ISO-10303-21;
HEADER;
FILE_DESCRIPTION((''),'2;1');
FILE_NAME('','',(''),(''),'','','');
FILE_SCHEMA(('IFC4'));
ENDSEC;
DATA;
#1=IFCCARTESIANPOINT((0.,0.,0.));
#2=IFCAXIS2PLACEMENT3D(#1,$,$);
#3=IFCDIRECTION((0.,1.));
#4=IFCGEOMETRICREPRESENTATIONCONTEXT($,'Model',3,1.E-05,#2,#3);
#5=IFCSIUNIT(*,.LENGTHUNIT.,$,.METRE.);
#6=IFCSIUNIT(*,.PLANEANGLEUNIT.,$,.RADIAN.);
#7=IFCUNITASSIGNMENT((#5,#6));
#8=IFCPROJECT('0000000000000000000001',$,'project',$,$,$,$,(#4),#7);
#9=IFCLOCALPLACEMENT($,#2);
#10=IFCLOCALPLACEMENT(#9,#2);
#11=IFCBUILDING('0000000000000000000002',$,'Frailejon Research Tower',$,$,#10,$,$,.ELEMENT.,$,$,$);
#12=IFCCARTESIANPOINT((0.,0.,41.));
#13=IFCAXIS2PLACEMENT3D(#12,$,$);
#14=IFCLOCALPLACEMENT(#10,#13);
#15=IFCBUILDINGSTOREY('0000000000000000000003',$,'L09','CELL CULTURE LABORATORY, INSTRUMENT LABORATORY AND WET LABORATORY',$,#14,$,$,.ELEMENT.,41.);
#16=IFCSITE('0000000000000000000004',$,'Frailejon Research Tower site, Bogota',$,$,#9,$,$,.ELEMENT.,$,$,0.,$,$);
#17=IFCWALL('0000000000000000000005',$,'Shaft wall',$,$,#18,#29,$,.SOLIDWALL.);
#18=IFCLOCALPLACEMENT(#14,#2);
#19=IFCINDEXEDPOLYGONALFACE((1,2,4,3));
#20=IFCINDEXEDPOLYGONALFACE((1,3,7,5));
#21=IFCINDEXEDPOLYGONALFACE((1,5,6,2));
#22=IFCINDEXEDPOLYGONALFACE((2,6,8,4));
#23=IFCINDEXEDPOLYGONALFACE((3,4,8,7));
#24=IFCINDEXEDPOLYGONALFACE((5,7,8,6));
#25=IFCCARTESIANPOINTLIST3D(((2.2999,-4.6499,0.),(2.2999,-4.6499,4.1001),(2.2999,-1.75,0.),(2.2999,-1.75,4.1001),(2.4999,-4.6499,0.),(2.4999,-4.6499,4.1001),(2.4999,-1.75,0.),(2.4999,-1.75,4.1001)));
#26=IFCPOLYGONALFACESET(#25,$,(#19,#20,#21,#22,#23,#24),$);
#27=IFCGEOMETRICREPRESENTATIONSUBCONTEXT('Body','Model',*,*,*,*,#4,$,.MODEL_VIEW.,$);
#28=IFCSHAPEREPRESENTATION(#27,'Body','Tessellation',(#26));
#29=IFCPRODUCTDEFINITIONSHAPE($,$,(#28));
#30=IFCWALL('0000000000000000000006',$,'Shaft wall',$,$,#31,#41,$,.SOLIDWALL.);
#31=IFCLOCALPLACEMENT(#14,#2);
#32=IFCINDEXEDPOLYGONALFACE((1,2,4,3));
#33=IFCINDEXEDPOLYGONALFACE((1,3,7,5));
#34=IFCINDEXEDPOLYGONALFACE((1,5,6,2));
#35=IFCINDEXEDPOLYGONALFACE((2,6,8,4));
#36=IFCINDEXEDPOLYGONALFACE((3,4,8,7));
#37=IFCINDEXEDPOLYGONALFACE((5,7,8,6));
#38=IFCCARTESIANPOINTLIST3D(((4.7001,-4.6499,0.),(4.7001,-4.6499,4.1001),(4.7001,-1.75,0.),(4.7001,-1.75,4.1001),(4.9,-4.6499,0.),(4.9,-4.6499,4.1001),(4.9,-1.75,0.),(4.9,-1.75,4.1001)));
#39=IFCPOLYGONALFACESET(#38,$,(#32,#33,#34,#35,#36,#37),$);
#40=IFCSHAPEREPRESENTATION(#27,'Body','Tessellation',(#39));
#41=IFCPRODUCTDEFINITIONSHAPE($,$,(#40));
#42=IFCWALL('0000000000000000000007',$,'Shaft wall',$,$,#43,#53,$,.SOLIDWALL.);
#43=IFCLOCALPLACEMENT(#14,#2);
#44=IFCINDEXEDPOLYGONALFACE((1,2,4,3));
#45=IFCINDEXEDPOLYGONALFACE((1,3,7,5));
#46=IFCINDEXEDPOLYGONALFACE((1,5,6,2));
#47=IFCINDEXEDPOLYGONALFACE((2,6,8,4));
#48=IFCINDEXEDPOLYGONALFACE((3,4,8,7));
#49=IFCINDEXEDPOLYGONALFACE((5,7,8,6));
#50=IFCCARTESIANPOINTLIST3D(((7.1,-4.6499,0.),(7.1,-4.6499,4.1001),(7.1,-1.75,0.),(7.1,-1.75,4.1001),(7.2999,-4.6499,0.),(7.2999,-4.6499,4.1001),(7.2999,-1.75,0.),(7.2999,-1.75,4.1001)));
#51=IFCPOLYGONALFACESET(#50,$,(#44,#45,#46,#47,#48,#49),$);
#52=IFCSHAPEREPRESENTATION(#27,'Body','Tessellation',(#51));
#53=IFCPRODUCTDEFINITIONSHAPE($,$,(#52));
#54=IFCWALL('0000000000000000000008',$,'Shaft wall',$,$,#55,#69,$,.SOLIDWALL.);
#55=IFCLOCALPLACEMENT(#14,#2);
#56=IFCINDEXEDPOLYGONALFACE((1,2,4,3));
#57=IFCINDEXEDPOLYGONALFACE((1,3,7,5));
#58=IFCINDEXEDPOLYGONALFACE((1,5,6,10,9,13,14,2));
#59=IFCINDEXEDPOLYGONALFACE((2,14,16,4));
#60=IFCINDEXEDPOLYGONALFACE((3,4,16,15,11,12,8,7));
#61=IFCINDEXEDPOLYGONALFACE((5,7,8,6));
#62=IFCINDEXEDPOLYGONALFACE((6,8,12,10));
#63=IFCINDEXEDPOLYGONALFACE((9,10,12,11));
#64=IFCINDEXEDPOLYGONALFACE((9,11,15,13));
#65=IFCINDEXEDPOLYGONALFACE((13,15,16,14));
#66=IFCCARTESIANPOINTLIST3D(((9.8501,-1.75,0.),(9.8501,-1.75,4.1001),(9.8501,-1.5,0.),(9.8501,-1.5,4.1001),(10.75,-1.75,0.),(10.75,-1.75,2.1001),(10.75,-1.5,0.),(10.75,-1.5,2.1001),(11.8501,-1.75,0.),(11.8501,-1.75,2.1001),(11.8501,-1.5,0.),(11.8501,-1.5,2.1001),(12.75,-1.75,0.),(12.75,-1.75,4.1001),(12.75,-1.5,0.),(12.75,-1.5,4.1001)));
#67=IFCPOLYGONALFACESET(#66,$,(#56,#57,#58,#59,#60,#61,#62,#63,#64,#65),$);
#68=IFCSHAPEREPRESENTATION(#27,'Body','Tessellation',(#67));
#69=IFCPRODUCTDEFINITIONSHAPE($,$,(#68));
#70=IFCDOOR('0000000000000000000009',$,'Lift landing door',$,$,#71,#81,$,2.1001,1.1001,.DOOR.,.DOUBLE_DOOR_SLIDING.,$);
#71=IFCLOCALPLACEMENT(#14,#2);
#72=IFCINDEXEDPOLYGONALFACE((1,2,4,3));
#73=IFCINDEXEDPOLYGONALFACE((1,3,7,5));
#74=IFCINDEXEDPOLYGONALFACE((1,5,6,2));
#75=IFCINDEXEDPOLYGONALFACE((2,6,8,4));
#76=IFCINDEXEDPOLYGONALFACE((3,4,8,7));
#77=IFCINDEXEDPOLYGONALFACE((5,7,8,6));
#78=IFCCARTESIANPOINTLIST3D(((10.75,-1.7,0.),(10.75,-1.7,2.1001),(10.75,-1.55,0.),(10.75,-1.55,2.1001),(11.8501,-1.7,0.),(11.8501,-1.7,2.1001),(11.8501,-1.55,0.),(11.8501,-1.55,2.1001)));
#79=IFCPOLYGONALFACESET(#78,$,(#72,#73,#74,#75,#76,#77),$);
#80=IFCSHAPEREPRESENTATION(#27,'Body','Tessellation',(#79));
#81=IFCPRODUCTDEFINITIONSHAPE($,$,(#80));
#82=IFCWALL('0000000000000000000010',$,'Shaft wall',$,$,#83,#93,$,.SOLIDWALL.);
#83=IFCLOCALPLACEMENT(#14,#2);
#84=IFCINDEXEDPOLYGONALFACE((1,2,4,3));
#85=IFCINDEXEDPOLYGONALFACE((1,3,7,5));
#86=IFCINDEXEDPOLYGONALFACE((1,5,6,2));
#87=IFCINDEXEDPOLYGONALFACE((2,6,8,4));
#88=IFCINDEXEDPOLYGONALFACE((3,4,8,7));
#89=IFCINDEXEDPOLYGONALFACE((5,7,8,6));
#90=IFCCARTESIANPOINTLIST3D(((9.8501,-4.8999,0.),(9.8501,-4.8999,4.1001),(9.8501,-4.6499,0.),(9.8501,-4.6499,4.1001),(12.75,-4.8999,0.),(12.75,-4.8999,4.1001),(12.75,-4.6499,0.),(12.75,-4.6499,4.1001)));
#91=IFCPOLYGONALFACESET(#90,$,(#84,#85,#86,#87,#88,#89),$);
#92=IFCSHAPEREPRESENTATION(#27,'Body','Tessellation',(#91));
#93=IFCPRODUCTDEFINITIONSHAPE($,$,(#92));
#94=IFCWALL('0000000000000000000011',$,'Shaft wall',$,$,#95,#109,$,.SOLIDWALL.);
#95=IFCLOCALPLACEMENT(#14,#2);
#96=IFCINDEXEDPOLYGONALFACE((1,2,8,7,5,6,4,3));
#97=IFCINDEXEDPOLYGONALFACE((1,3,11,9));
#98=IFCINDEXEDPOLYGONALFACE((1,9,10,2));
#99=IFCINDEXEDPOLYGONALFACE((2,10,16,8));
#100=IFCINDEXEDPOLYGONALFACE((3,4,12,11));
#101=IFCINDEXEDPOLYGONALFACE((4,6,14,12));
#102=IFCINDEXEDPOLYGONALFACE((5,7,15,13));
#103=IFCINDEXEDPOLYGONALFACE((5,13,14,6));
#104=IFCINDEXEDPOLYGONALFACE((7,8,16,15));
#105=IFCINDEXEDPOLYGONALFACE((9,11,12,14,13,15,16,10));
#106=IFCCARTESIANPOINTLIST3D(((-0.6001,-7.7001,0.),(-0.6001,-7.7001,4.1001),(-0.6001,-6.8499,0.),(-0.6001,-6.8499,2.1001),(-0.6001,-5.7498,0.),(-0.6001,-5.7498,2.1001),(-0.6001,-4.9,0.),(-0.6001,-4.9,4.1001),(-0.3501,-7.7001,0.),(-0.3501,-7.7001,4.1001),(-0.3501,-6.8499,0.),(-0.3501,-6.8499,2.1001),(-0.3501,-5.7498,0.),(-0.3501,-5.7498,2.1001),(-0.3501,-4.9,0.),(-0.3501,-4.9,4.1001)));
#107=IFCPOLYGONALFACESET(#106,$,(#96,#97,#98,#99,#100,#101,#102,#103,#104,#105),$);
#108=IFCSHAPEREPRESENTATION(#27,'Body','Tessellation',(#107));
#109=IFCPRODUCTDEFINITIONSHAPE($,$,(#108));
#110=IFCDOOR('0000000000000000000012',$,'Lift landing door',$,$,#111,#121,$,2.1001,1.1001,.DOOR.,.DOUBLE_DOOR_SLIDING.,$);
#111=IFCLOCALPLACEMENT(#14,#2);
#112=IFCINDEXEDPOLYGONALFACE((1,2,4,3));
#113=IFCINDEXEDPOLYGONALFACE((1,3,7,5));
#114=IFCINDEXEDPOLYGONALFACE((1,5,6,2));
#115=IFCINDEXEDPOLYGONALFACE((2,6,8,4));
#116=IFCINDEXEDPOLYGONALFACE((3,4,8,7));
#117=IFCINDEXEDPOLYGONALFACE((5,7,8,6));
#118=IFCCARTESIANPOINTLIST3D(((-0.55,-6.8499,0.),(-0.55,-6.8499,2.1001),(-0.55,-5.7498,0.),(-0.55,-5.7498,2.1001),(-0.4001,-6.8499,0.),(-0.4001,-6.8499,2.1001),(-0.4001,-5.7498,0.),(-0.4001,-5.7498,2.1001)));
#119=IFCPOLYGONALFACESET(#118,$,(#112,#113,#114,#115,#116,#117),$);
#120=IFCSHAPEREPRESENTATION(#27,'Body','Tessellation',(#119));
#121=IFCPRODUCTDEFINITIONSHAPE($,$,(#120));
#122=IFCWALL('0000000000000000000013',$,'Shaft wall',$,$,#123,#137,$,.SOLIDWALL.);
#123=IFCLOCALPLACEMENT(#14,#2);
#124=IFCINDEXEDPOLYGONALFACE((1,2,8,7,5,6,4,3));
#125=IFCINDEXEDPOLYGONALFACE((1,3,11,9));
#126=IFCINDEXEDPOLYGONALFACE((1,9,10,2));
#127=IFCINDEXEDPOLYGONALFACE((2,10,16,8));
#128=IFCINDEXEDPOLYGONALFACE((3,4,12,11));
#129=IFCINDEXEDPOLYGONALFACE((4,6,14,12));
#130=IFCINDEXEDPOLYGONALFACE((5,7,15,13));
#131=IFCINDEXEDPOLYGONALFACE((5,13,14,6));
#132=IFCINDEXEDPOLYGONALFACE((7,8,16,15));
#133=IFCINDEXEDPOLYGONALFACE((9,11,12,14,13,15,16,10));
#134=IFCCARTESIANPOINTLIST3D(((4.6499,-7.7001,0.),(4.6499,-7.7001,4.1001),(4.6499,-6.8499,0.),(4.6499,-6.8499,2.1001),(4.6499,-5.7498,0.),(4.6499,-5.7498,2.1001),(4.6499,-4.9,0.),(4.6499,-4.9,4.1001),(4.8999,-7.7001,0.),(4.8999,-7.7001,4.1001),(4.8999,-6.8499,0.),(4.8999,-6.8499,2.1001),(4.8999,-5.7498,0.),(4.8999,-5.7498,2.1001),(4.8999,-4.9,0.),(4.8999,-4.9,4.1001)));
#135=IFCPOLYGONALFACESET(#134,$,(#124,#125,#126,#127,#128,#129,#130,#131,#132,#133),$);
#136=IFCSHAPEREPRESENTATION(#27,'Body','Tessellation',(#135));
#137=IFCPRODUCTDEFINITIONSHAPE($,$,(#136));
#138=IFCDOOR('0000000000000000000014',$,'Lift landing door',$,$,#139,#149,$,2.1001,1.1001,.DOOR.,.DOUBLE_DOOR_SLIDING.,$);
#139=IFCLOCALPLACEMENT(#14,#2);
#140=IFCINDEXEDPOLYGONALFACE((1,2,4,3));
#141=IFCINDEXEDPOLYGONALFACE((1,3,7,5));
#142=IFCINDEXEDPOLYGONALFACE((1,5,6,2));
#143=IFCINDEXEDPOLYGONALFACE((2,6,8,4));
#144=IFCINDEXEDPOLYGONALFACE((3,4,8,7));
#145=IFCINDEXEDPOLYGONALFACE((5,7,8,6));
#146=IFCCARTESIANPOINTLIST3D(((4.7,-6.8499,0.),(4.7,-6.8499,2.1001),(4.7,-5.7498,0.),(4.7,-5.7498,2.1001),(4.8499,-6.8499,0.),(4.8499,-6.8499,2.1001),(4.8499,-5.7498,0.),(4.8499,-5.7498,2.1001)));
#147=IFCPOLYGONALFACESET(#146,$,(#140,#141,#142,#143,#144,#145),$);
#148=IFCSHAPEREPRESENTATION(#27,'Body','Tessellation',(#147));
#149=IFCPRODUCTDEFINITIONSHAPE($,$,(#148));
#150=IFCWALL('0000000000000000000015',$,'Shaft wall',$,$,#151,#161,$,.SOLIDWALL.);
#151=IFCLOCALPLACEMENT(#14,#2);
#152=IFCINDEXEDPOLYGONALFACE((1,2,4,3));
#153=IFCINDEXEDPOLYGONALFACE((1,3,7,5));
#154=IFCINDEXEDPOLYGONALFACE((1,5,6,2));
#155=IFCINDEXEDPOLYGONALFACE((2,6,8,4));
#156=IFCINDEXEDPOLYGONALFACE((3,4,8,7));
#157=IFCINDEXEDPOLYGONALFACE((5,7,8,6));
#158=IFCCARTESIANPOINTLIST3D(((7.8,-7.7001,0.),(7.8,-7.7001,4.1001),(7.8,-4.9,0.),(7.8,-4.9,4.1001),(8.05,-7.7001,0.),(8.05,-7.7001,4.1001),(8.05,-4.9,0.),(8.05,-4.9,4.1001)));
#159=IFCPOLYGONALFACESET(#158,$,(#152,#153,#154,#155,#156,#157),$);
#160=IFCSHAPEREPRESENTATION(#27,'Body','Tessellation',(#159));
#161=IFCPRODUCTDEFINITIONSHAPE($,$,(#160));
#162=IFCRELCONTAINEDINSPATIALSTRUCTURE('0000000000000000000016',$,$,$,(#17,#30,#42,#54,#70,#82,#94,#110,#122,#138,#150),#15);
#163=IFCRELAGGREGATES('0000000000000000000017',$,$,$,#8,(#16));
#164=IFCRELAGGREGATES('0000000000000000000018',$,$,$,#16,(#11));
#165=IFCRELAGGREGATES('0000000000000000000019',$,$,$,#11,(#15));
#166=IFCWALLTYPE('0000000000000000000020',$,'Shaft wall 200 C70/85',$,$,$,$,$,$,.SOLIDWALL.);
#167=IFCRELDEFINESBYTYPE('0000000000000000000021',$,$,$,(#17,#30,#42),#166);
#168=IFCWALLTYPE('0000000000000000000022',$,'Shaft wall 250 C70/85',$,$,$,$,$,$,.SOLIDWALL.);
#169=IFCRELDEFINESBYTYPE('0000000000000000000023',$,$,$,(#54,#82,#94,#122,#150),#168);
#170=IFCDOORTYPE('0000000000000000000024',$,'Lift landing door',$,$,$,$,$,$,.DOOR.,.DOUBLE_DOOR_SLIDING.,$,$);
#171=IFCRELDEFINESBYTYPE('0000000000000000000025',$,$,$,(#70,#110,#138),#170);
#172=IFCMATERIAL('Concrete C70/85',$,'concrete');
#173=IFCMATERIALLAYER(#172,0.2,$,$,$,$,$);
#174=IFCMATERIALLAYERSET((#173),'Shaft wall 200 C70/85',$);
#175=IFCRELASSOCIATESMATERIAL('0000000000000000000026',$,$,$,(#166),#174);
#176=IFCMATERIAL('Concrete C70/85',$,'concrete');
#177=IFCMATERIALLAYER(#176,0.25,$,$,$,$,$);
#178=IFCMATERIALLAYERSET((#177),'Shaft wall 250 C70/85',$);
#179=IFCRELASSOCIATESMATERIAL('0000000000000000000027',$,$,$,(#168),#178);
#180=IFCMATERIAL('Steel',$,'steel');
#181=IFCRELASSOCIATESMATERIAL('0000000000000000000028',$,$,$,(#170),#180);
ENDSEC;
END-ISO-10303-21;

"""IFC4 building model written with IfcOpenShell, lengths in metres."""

from ifc_helpers import new_model, si_unit, direction, frame, frame_2d, origin, place, context, subcontext, project, spatial, rectangle, extrude, material, layer, layer_set, type_object, element, fill, save


model = new_model("IFC4")

# Units and contexts
model_context = context("Model", 3, precision=1e-05, world=origin(), true_north=direction((0.0, 1.0)))
body_context = subcontext(model_context, "Body", "Model", "MODEL_VIEW")
ifc_project = project(units=[si_unit("LENGTHUNIT", "METRE"), si_unit("PLANEANGLEUNIT", "RADIAN")], contexts=[model_context])

# Site, building, storey
site_placement = place(None, origin())
site = spatial("IfcSite", under=ifc_project, at=site_placement, Name="Frailejon Research Tower site, Bogota", CompositionType="ELEMENT", RefElevation=0.0)
building_placement = place(site_placement, origin())
building = spatial("IfcBuilding", under=site, at=building_placement, Name="Frailejon Research Tower", CompositionType="ELEMENT")
storey_placement = place(building_placement, frame((0.0, 0.0, 41.0)))
storey = spatial("IfcBuildingStorey", under=building, at=storey_placement, Name="L09", Description="CELL CULTURE LABORATORY, INSTRUMENT LABORATORY AND WET LABORATORY", CompositionType="ELEMENT", Elevation=41.0)

# Walls
ifc_material_1 = material(Name="Concrete C70/85", Category="concrete")
ifc_layer_1 = layer(ifc_material_1, 0.2)
ifc_layer_set_1 = layer_set([ifc_layer_1], Name="Shaft wall 200 C70/85")
wall_type_1 = type_object("IfcWallType", Name="Shaft wall 200 C70/85", PredefinedType="SOLIDWALL", material=ifc_layer_set_1)
for number, where, z_axis, x_axis, name in (
    (1, (2.3999, -4.6499, 0.0), (0.0, 0.0, 1.0), (0.0, 1.0, 0.0), "Shaft wall"),
    (2, (4.8, -4.6499, 0.0), (0.0, 0.0, 1.0), (0.0, 1.0, 0.0), "Shaft wall"),
    (3, (7.2, -4.6499, 0.0), (0.0, 0.0, 1.0), (0.0, 1.0, 0.0), "Shaft wall"),
):
    element("IfcWall", number, at=place(storey_placement, frame(where, z_axis=z_axis, x_axis=x_axis)), inside=storey, type_object=wall_type_1, Name=name, PredefinedType="SOLIDWALL", context=body_context, shape_type="SweptSolid", body=[
        extrude(rectangle(XDim=2.8999, YDim=0.2, at=frame_2d((1.45, 0.0))), origin(), (0.0, 0.0, 1.0), 4.1001),
    ])

# Wall, opening, door
ifc_material_2 = material(Name="Concrete C70/85", Category="concrete")
ifc_layer_2 = layer(ifc_material_2, 0.25)
ifc_layer_set_2 = layer_set([ifc_layer_2], Name="Shaft wall 250 C70/85")
wall_type_2 = type_object("IfcWallType", Name="Shaft wall 250 C70/85", PredefinedType="SOLIDWALL", material=ifc_layer_set_2)
wall_1_placement = place(storey_placement, frame((9.8501, -1.625, 0.0), z_axis=(0.0, 0.0, 1.0), x_axis=(1.0, 0.0, 0.0)))
wall_1 = element("IfcWall", 4, at=wall_1_placement, inside=storey, type_object=wall_type_2, Name="Shaft wall", PredefinedType="SOLIDWALL", context=body_context, shape_type="SweptSolid", body=[
    extrude(rectangle(XDim=2.8999, YDim=0.25, at=frame_2d((1.45, 0.0))), origin(), (0.0, 0.0, 1.0), 4.1001),
])
opening_1_placement = place(wall_1_placement, frame((0.8999, 0.0, 0.0)))
opening_1 = element("IfcOpeningElement", 5, at=opening_1_placement, cuts=wall_1, PredefinedType="OPENING", context=body_context, shape_type="SweptSolid", body=[
    extrude(rectangle(XDim=1.1001, YDim=2.1001, at=frame_2d((0.55, 1.05))), frame((0.0, 0.135, 0.0), z_axis=(0.0, -1.0, 0.0), x_axis=(1.0, 0.0, 0.0)), (0.0, 0.0, 1.0), 0.27),
])
ifc_material_3 = material(Name="Steel", Category="steel")
door_type_1 = type_object("IfcDoorType", Name="Lift landing door", OperationType="DOUBLE_DOOR_SLIDING", PredefinedType="DOOR", material=ifc_material_3)
door_1_placement = place(opening_1_placement, origin())
door_1 = element("IfcDoor", 6, at=door_1_placement, inside=storey, type_object=door_type_1, Name="Lift landing door", OperationType="DOUBLE_DOOR_SLIDING", OverallHeight=2.1001, OverallWidth=1.1001, PredefinedType="DOOR", context=body_context, shape_type="SweptSolid", body=[
    extrude(rectangle(XDim=1.1001, YDim=2.1001, at=frame_2d((0.55, 1.05))), frame((0.0, 0.075, 0.0), z_axis=(0.0, -1.0, 0.0), x_axis=(1.0, 0.0, 0.0)), (0.0, 0.0, 1.0), 0.1499),
])
fill(opening_1, door_1)

# Wall
wall_2_placement = place(storey_placement, frame((9.8501, -4.7749, 0.0), z_axis=(0.0, 0.0, 1.0), x_axis=(1.0, 0.0, 0.0)))
element("IfcWall", 7, at=wall_2_placement, inside=storey, type_object=wall_type_2, Name="Shaft wall", PredefinedType="SOLIDWALL", context=body_context, shape_type="SweptSolid", body=[
    extrude(rectangle(XDim=2.8999, YDim=0.25, at=frame_2d((1.45, 0.0))), origin(), (0.0, 0.0, 1.0), 4.1001),
])

# Walls, openings, doors
wall_3_placement = place(storey_placement, frame((-0.4751, -7.7, 0.0), z_axis=(0.0, 0.0, 1.0), x_axis=(0.0, 1.0, 0.0)))
wall_3 = element("IfcWall", 8, at=wall_3_placement, inside=storey, type_object=wall_type_2, Name="Shaft wall", PredefinedType="SOLIDWALL", context=body_context, shape_type="SweptSolid", body=[
    extrude(rectangle(XDim=2.8, YDim=0.25, at=frame_2d((1.3999, 0.0))), origin(), (0.0, 0.0, 1.0), 4.1001),
])
opening_2_placement = place(wall_3_placement, frame((0.8501, 0.0, 0.0)))
opening_2 = element("IfcOpeningElement", 9, at=opening_2_placement, cuts=wall_3, PredefinedType="OPENING", context=body_context, shape_type="SweptSolid", body=[
    extrude(rectangle(XDim=1.1001, YDim=2.1001, at=frame_2d((0.55, 1.05))), frame((0.0, 0.135, 0.0), z_axis=(0.0, -1.0, 0.0), x_axis=(1.0, 0.0, 0.0)), (0.0, 0.0, 1.0), 0.27),
])
door_2_placement = place(opening_2_placement, origin())
door_2 = element("IfcDoor", 10, at=door_2_placement, inside=storey, type_object=door_type_1, Name="Lift landing door", OperationType="DOUBLE_DOOR_SLIDING", OverallHeight=2.1001, OverallWidth=1.1001, PredefinedType="DOOR", context=body_context, shape_type="SweptSolid", body=[
    extrude(rectangle(XDim=1.1001, YDim=2.1001, at=frame_2d((0.55, 1.05))), frame((0.0, 0.075, 0.0), z_axis=(0.0, -1.0, 0.0), x_axis=(1.0, 0.0, 0.0)), (0.0, 0.0, 1.0), 0.1499),
])
fill(opening_2, door_2)
wall_4_placement = place(storey_placement, frame((4.7749, -7.7, 0.0), z_axis=(0.0, 0.0, 1.0), x_axis=(0.0, 1.0, 0.0)))
wall_4 = element("IfcWall", 11, at=wall_4_placement, inside=storey, type_object=wall_type_2, Name="Shaft wall", PredefinedType="SOLIDWALL", context=body_context, shape_type="SweptSolid", body=[
    extrude(rectangle(XDim=2.8, YDim=0.25, at=frame_2d((1.3999, 0.0))), origin(), (0.0, 0.0, 1.0), 4.1001),
])
opening_3_placement = place(wall_4_placement, frame((0.8501, 0.0, 0.0)))
opening_3 = element("IfcOpeningElement", 12, at=opening_3_placement, cuts=wall_4, PredefinedType="OPENING", context=body_context, shape_type="SweptSolid", body=[
    extrude(rectangle(XDim=1.1001, YDim=2.1001, at=frame_2d((0.55, 1.05))), frame((0.0, 0.135, 0.0), z_axis=(0.0, -1.0, 0.0), x_axis=(1.0, 0.0, 0.0)), (0.0, 0.0, 1.0), 0.27),
])
door_3_placement = place(opening_3_placement, origin())
door_3 = element("IfcDoor", 13, at=door_3_placement, inside=storey, type_object=door_type_1, Name="Lift landing door", OperationType="DOUBLE_DOOR_SLIDING", OverallHeight=2.1001, OverallWidth=1.1001, PredefinedType="DOOR", context=body_context, shape_type="SweptSolid", body=[
    extrude(rectangle(XDim=1.1001, YDim=2.1001, at=frame_2d((0.55, 1.05))), frame((0.0, 0.075, 0.0), z_axis=(0.0, -1.0, 0.0), x_axis=(1.0, 0.0, 0.0)), (0.0, 0.0, 1.0), 0.1499),
])
fill(opening_3, door_3)

# Wall
wall_5_placement = place(storey_placement, frame((7.925, -7.7, 0.0), z_axis=(0.0, 0.0, 1.0), x_axis=(0.0, 1.0, 0.0)))
element("IfcWall", 14, at=wall_5_placement, inside=storey, type_object=wall_type_2, Name="Shaft wall", PredefinedType="SOLIDWALL", context=body_context, shape_type="SweptSolid", body=[
    extrude(rectangle(XDim=2.8, YDim=0.25, at=frame_2d((1.3999, 0.0))), origin(), (0.0, 0.0, 1.0), 4.1001),
])

save(model, "model.ifc")
